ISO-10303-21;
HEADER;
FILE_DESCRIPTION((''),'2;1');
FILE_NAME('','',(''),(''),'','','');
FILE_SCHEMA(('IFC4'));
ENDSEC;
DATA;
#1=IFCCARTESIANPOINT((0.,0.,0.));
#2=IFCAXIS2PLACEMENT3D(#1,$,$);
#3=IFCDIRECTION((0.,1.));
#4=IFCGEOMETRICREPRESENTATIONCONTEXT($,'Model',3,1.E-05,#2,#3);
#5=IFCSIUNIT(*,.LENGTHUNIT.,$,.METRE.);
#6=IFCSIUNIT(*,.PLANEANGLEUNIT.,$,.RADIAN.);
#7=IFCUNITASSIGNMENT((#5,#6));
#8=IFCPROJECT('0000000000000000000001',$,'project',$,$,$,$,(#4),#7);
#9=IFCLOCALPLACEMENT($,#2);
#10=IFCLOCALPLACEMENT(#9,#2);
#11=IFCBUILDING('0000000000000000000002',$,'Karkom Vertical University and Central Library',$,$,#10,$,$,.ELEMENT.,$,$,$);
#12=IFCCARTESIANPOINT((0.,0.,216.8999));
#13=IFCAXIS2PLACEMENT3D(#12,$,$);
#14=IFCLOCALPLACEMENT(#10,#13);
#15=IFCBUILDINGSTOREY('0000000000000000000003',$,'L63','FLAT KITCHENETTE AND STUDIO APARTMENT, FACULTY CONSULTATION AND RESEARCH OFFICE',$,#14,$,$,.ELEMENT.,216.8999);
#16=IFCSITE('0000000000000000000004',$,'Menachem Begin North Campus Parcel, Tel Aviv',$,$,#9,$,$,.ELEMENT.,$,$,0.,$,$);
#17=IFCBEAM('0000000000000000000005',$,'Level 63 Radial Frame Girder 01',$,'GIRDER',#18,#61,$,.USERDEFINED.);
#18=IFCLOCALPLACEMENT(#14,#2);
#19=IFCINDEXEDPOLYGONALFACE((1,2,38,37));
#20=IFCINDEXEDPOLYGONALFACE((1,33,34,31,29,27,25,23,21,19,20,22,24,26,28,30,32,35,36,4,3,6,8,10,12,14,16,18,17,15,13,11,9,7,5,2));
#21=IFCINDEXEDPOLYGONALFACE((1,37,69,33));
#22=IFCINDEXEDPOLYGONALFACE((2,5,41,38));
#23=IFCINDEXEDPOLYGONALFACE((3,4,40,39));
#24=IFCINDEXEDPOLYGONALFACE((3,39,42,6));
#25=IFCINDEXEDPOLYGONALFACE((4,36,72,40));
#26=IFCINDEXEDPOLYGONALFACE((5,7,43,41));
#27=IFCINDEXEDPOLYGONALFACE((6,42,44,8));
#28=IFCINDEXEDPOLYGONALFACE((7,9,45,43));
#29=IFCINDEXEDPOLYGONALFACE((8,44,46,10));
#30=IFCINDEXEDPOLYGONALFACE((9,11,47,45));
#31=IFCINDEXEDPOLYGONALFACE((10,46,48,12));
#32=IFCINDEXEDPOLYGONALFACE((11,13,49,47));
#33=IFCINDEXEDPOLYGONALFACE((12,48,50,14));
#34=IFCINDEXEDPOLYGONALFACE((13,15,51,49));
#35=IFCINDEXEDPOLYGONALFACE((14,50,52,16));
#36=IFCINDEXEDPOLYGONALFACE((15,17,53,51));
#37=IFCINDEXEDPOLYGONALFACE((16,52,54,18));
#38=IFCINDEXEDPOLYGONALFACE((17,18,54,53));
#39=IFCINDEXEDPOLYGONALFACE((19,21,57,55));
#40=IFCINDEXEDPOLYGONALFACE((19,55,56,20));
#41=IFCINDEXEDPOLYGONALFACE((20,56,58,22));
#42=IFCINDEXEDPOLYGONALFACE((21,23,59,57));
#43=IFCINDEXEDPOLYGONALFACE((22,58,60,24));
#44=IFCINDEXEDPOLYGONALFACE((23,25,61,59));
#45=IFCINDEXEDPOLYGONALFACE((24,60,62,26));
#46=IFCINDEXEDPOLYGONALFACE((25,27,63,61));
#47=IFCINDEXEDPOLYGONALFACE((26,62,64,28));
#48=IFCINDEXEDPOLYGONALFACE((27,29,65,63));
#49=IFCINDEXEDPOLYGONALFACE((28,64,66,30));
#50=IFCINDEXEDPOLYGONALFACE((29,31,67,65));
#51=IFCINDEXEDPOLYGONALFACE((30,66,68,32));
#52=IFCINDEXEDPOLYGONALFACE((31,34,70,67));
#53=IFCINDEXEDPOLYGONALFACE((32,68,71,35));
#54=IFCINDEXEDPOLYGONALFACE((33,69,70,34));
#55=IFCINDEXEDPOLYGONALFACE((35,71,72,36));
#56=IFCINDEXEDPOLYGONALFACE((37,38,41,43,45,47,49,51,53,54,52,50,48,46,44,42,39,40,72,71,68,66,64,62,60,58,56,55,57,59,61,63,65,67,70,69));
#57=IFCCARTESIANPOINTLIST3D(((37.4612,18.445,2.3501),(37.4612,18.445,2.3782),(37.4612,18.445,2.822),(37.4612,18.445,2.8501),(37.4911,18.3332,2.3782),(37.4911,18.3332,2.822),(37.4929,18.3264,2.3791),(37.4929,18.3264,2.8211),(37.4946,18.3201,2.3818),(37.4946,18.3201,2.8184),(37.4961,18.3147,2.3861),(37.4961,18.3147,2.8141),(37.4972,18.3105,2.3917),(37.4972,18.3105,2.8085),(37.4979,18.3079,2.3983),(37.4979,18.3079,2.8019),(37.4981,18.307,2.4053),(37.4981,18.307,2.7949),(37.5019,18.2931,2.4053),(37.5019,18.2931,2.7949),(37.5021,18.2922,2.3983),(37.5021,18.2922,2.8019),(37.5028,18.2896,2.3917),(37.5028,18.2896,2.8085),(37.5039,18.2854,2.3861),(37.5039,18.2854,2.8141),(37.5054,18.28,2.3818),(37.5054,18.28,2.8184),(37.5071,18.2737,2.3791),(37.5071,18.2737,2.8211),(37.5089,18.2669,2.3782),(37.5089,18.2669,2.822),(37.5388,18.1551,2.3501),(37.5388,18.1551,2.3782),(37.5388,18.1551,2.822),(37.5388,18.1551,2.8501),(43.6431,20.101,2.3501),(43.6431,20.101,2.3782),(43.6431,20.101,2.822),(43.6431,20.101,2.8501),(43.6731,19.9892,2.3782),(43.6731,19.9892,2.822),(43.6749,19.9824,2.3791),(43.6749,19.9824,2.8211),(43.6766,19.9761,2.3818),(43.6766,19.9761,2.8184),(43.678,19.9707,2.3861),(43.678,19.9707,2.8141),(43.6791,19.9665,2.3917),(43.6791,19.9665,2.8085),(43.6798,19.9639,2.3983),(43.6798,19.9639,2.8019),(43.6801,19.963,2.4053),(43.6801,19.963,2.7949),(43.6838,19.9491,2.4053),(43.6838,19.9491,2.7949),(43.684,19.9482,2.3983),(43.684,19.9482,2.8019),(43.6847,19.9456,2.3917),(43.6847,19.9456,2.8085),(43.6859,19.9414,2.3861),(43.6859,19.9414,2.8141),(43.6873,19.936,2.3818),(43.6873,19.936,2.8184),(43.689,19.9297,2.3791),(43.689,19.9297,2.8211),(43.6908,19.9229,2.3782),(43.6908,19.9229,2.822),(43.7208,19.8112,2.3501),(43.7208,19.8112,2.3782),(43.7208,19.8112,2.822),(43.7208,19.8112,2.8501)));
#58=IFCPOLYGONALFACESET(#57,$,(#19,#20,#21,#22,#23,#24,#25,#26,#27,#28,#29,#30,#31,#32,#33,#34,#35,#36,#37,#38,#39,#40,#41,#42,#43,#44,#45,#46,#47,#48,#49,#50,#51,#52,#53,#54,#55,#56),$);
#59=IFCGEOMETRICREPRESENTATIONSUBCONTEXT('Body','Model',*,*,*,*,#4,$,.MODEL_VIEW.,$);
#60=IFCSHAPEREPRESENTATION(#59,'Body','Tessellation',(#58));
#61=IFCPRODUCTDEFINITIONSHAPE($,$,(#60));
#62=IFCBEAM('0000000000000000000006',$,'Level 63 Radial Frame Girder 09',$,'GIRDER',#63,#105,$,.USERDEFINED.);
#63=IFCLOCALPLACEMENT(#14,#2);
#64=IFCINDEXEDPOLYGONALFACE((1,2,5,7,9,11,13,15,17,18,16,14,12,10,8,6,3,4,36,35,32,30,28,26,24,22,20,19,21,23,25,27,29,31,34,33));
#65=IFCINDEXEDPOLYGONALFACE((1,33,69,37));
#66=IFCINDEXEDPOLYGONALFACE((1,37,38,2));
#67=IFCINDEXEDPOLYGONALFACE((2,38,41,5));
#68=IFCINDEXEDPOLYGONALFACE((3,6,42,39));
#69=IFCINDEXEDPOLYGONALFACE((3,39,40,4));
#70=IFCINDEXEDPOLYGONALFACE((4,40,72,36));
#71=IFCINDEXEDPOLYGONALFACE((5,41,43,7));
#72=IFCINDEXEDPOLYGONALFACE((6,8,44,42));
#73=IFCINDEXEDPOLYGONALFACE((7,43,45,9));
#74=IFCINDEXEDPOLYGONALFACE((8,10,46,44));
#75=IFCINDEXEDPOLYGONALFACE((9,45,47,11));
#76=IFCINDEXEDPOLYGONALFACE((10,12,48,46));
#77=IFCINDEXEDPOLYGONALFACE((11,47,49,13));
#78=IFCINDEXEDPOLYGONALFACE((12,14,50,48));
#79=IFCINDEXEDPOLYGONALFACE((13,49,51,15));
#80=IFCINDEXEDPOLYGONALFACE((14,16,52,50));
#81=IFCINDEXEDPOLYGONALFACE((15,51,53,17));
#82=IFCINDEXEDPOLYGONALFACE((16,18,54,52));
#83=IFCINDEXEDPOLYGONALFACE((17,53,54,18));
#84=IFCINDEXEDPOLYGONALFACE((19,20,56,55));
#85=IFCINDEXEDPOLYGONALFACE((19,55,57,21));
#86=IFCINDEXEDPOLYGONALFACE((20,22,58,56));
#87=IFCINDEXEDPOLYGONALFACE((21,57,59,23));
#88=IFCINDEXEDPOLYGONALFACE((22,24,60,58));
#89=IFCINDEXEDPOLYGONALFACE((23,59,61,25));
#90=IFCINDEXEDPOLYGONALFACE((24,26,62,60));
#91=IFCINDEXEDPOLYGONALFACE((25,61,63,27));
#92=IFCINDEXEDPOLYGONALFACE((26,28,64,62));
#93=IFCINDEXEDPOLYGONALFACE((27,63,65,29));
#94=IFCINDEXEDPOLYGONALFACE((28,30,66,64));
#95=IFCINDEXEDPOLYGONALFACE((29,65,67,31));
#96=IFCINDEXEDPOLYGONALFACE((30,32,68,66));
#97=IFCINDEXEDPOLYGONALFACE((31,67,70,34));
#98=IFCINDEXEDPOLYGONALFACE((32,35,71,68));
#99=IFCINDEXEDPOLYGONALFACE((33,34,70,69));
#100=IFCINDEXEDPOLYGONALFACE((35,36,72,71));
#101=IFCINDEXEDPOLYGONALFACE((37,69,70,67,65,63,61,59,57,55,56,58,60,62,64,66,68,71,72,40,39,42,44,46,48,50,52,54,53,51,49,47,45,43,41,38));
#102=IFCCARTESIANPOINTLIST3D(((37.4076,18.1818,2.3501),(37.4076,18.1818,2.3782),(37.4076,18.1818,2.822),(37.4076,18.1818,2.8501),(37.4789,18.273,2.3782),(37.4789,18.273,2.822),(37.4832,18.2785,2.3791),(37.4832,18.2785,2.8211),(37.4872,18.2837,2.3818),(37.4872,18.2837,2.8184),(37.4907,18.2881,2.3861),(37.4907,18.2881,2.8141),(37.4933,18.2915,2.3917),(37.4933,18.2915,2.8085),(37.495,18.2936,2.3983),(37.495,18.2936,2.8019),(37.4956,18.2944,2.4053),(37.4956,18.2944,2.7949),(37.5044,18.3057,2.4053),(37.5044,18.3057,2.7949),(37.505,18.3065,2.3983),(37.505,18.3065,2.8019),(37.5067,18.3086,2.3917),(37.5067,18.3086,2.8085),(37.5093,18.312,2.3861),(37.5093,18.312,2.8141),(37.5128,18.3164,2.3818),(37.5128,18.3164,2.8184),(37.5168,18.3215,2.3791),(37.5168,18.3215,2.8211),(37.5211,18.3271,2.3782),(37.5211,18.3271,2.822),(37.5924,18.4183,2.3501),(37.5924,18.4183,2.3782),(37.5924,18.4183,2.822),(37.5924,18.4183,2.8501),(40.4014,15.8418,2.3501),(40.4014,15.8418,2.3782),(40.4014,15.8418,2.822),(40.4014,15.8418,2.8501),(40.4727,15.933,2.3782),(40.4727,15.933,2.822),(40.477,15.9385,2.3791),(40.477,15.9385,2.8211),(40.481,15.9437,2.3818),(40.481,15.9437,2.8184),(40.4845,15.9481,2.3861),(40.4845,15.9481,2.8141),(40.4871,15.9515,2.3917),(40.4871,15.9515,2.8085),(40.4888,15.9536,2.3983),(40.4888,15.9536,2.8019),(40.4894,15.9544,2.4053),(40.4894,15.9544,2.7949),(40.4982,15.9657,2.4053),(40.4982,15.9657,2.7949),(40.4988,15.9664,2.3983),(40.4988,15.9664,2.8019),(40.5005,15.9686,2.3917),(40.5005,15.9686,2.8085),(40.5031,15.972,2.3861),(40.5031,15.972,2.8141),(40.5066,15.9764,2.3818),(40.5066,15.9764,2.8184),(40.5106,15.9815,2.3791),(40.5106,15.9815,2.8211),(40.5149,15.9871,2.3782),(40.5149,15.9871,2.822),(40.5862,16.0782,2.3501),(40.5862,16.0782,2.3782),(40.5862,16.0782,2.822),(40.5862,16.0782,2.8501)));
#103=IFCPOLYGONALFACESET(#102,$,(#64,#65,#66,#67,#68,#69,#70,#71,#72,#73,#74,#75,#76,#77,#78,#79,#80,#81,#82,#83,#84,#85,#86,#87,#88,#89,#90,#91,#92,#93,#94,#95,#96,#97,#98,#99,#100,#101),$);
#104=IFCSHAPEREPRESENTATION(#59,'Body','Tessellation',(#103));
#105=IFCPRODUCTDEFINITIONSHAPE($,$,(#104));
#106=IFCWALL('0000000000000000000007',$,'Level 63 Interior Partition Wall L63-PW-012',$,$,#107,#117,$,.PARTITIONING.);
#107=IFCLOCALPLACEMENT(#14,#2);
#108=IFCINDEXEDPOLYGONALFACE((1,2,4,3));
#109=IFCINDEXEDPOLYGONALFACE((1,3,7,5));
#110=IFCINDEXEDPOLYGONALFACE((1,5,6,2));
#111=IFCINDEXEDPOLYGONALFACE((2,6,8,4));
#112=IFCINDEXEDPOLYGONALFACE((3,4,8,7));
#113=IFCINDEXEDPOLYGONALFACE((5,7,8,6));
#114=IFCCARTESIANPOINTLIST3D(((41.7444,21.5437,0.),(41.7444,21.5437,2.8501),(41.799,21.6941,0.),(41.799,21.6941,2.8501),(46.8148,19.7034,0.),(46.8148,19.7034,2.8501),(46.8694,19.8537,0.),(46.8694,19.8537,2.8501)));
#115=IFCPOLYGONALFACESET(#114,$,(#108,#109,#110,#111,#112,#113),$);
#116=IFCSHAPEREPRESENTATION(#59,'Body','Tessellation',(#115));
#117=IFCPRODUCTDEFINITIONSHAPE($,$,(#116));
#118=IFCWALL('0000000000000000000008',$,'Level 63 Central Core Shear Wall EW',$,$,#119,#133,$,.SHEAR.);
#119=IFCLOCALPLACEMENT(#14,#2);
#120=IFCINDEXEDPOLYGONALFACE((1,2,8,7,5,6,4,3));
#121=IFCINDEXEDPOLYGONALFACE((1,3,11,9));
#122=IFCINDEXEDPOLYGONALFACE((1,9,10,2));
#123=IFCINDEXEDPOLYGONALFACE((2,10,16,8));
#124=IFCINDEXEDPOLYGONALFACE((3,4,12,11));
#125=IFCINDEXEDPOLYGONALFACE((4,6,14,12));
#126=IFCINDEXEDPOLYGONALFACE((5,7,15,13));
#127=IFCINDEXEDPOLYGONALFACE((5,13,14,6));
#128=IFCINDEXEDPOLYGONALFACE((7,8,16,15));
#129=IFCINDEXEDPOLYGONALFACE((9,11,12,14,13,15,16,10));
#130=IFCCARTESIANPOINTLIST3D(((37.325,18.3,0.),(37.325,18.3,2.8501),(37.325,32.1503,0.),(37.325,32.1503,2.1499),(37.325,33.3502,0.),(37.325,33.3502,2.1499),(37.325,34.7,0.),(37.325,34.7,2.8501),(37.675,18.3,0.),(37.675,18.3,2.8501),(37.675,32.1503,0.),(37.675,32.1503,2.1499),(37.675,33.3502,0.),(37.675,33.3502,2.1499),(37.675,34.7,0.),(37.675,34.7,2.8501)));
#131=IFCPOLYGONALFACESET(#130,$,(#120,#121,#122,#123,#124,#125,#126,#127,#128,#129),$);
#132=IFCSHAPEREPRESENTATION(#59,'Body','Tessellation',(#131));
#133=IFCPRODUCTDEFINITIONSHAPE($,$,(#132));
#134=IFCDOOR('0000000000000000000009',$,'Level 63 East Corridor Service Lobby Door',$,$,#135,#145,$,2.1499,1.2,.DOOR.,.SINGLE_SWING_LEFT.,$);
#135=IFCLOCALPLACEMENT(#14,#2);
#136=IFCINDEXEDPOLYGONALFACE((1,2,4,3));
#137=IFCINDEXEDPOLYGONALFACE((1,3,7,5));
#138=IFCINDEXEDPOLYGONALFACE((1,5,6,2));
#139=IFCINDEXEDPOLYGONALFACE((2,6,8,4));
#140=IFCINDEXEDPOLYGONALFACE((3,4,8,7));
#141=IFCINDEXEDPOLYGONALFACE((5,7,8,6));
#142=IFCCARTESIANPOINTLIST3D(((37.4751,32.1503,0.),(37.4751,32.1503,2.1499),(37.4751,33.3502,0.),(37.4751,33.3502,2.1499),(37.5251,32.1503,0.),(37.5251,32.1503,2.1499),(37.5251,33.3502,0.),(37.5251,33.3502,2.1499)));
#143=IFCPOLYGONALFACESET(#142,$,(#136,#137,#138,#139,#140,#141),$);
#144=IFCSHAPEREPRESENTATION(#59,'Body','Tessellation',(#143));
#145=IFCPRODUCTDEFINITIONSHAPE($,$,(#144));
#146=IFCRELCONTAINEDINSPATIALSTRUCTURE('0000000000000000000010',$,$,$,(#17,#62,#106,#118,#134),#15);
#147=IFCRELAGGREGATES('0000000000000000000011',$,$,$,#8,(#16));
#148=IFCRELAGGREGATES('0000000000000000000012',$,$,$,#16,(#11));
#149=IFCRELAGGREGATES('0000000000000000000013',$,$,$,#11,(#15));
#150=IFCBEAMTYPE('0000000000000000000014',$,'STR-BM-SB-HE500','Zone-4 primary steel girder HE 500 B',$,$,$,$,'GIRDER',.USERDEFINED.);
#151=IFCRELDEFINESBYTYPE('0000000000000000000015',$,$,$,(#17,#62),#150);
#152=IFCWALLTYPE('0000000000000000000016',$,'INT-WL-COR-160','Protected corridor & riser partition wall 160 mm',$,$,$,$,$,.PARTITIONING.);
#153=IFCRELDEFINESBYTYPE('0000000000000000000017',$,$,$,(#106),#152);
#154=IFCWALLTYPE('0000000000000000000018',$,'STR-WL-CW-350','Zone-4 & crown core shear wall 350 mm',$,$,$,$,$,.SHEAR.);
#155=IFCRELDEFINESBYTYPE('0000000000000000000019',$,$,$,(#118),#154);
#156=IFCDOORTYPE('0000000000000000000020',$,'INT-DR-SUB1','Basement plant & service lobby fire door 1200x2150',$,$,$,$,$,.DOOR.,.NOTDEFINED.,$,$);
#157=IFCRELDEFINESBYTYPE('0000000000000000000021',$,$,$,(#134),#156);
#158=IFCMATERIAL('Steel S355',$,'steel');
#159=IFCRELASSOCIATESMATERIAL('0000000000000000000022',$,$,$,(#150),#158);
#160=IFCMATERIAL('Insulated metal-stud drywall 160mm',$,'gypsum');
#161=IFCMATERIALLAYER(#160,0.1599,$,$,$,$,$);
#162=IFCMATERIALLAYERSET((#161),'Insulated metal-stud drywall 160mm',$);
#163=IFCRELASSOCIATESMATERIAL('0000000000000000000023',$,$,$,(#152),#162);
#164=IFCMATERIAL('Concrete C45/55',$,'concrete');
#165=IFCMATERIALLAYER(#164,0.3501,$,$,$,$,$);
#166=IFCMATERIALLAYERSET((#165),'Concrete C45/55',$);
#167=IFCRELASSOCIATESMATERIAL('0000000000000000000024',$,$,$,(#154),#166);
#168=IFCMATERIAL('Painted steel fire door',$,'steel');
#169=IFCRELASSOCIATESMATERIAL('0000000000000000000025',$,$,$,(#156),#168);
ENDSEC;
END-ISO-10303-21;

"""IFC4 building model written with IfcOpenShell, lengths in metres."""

from ifc_helpers import new_model, si_unit, direction, frame, frame_2d, origin, origin_with_axes, origin_2d, place, context, subcontext, project, spatial, rectangle, i_section, extrude, source, transform, mapped, material, layer, layer_set, material_profile, profile_set, type_object, element, fill, save


model = new_model("IFC4")

# Units and contexts
model_context = context("Model", 3, precision=1e-05, world=origin(), true_north=direction((0.0, 1.0)))
body_context = subcontext(model_context, "Body", "Model", "MODEL_VIEW")
ifc_project = project(units=[si_unit("LENGTHUNIT", "METRE"), si_unit("PLANEANGLEUNIT", "RADIAN")], contexts=[model_context])

# Site, building, storey
site_placement = place(None, origin())
site = spatial("IfcSite", under=ifc_project, at=site_placement, Name="Menachem Begin North Campus Parcel, Tel Aviv", CompositionType="ELEMENT", RefElevation=0.0)
building_placement = place(site_placement, origin())
building = spatial("IfcBuilding", under=site, at=building_placement, Name="Karkom Vertical University and Central Library", CompositionType="ELEMENT")
storey_placement = place(building_placement, frame((0.0, 0.0, 216.8999)))
storey = spatial("IfcBuildingStorey", under=building, at=storey_placement, Name="L63", Description="FLAT KITCHENETTE AND STUDIO APARTMENT, FACULTY CONSULTATION AND RESEARCH OFFICE", CompositionType="ELEMENT", Elevation=216.8999)

# Shared definitions
ifc_material_1 = material(Name="Concrete C45/55", Category="concrete")

# Beams
ifc_material_2 = material(Name="Steel S355", Category="steel")
ifc_material_profile_1 = material_profile(ifc_material_2, i_section(OverallWidth=0.3, OverallDepth=0.5, WebThickness=0.0144, FlangeThickness=0.0281, FilletRadius=0.0271, at=origin_2d()), Name="HE 500 B")
ifc_profile_set_1 = profile_set([ifc_material_profile_1], Name="Steel S355")
beam_type_1 = type_object("IfcBeamType", Name="STR-BM-SB-HE500", Description="Zone-4 primary steel girder HE 500 B", ElementType="GIRDER", PredefinedType="USERDEFINED", material=ifc_profile_set_1)
shared_shape_1 = source(origin_with_axes(), body_context, "Body", "SweptSolid", [
    extrude(i_section(OverallWidth=0.3, OverallDepth=0.5, WebThickness=0.0144, FlangeThickness=0.0281, FilletRadius=0.0271, at=origin_2d()), origin(), (0.0, 0.0, 1.0), 6.3999),
])
beam_1_placement = place(storey_placement, frame((37.5, 18.3, 2.6001), z_axis=(0.965942, 0.258757, 0.0), x_axis=(-0.258757, 0.965942, 0.0)))
element("IfcBeam", 1, at=beam_1_placement, inside=storey, type_object=beam_type_1, Name="Level 63 Radial Frame Girder 01", ObjectType="GIRDER", PredefinedType="USERDEFINED", context=body_context, shape_type="MappedRepresentation", body=[
    mapped(shared_shape_1, transform((0.0, 0.0, 0.0), scale=1.0)),
])
shared_shape_2 = source(origin_with_axes(), body_context, "Body", "SweptSolid", [
    extrude(i_section(OverallWidth=0.3, OverallDepth=0.5, WebThickness=0.0144, FlangeThickness=0.0281, FilletRadius=0.0271, at=origin_2d()), origin(), (0.0, 0.0, 1.0), 3.7998),
])
beam_2_placement = place(storey_placement, frame((37.5, 18.3, 2.6001), z_axis=(0.787883, -0.615825, 0.0), x_axis=(0.615825, 0.787883, 0.0)))
element("IfcBeam", 2, at=beam_2_placement, inside=storey, type_object=beam_type_1, Name="Level 63 Radial Frame Girder 09", ObjectType="GIRDER", PredefinedType="USERDEFINED", context=body_context, shape_type="MappedRepresentation", body=[
    mapped(shared_shape_2, transform((0.0, 0.0, 0.0), scale=1.0)),
])

# Wall
ifc_material_3 = material(Name="Insulated metal-stud drywall 160mm", Category="gypsum")
ifc_layer_1 = layer(ifc_material_3, 0.1599)
ifc_layer_set_1 = layer_set([ifc_layer_1], Name="Insulated metal-stud drywall 160mm")
wall_type_1 = type_object("IfcWallType", Name="INT-WL-COR-160", Description="Protected corridor & riser partition wall 160 mm", PredefinedType="PARTITIONING", material=ifc_layer_set_1)
wall_1_placement = place(storey_placement, frame((41.7717, 21.6189, 0.0), z_axis=(0.0, 0.0, 1.0), x_axis=(0.939997, -0.341183, 0.0)))
element("IfcWall", 3, at=wall_1_placement, inside=storey, type_object=wall_type_1, Name="Level 63 Interior Partition Wall L63-PW-012", PredefinedType="PARTITIONING", context=body_context, shape_type="SweptSolid", body=[
    extrude(rectangle(XDim=5.394, YDim=0.1599, at=frame_2d((2.697, 0.0))), origin(), (0.0, 0.0, 1.0), 2.8501),
])

# Wall, opening, door
ifc_layer_2 = layer(ifc_material_1, 0.3501)
ifc_layer_set_2 = layer_set([ifc_layer_2], Name="Concrete C45/55")
wall_type_2 = type_object("IfcWallType", Name="STR-WL-CW-350", Description="Zone-4 & crown core shear wall 350 mm", PredefinedType="SHEAR", material=ifc_layer_set_2)
wall_2_placement = place(storey_placement, frame((37.5, 18.3, 0.0), z_axis=(0.0, 0.0, 1.0), x_axis=(0.0, 1.0, 0.0)))
wall_2 = element("IfcWall", 4, at=wall_2_placement, inside=storey, type_object=wall_type_2, Name="Level 63 Central Core Shear Wall EW", PredefinedType="SHEAR", context=body_context, shape_type="SweptSolid", body=[
    extrude(rectangle(XDim=16.3999, YDim=0.3501, at=frame_2d((8.2, 0.0))), origin(), (0.0, 0.0, 1.0), 2.8501),
])
opening_placement = place(wall_2_placement, frame((13.8501, 0.0, 0.0)))
opening = element("IfcOpeningElement", 5, at=opening_placement, cuts=wall_2, PredefinedType="OPENING", context=body_context, shape_type="SweptSolid", body=[
    extrude(rectangle(XDim=1.2, YDim=2.1499, at=frame_2d((0.6001, 1.075))), frame((0.0, 0.1851, 0.0), z_axis=(0.0, -1.0, 0.0), x_axis=(1.0, 0.0, 0.0)), (0.0, 0.0, 1.0), 0.3701),
])
ifc_material_4 = material(Name="Painted steel fire door", Category="steel")
door_type = type_object("IfcDoorType", Name="INT-DR-SUB1", Description="Basement plant & service lobby fire door 1200x2150", OperationType="NOTDEFINED", PredefinedType="DOOR", material=ifc_material_4)
shared_shape_3 = source(origin_with_axes(), body_context, "Body", "SweptSolid", [
    extrude(rectangle(XDim=1.2, YDim=2.1499, at=frame_2d((0.6001, 1.075))), frame((0.0, 0.0249, 0.0), z_axis=(0.0, -1.0, 0.0), x_axis=(1.0, 0.0, 0.0)), (0.0, 0.0, 1.0), 0.05),
])
door_placement = place(opening_placement, origin())
door = element("IfcDoor", 6, at=door_placement, inside=storey, type_object=door_type, Name="Level 63 East Corridor Service Lobby Door", OperationType="SINGLE_SWING_LEFT", OverallHeight=2.1499, OverallWidth=1.2, PredefinedType="DOOR", context=body_context, shape_type="MappedRepresentation", body=[
    mapped(shared_shape_3, transform((0.0, 0.0, 0.0), scale=1.0)),
])
fill(opening, door)

save(model, "model.ifc")
